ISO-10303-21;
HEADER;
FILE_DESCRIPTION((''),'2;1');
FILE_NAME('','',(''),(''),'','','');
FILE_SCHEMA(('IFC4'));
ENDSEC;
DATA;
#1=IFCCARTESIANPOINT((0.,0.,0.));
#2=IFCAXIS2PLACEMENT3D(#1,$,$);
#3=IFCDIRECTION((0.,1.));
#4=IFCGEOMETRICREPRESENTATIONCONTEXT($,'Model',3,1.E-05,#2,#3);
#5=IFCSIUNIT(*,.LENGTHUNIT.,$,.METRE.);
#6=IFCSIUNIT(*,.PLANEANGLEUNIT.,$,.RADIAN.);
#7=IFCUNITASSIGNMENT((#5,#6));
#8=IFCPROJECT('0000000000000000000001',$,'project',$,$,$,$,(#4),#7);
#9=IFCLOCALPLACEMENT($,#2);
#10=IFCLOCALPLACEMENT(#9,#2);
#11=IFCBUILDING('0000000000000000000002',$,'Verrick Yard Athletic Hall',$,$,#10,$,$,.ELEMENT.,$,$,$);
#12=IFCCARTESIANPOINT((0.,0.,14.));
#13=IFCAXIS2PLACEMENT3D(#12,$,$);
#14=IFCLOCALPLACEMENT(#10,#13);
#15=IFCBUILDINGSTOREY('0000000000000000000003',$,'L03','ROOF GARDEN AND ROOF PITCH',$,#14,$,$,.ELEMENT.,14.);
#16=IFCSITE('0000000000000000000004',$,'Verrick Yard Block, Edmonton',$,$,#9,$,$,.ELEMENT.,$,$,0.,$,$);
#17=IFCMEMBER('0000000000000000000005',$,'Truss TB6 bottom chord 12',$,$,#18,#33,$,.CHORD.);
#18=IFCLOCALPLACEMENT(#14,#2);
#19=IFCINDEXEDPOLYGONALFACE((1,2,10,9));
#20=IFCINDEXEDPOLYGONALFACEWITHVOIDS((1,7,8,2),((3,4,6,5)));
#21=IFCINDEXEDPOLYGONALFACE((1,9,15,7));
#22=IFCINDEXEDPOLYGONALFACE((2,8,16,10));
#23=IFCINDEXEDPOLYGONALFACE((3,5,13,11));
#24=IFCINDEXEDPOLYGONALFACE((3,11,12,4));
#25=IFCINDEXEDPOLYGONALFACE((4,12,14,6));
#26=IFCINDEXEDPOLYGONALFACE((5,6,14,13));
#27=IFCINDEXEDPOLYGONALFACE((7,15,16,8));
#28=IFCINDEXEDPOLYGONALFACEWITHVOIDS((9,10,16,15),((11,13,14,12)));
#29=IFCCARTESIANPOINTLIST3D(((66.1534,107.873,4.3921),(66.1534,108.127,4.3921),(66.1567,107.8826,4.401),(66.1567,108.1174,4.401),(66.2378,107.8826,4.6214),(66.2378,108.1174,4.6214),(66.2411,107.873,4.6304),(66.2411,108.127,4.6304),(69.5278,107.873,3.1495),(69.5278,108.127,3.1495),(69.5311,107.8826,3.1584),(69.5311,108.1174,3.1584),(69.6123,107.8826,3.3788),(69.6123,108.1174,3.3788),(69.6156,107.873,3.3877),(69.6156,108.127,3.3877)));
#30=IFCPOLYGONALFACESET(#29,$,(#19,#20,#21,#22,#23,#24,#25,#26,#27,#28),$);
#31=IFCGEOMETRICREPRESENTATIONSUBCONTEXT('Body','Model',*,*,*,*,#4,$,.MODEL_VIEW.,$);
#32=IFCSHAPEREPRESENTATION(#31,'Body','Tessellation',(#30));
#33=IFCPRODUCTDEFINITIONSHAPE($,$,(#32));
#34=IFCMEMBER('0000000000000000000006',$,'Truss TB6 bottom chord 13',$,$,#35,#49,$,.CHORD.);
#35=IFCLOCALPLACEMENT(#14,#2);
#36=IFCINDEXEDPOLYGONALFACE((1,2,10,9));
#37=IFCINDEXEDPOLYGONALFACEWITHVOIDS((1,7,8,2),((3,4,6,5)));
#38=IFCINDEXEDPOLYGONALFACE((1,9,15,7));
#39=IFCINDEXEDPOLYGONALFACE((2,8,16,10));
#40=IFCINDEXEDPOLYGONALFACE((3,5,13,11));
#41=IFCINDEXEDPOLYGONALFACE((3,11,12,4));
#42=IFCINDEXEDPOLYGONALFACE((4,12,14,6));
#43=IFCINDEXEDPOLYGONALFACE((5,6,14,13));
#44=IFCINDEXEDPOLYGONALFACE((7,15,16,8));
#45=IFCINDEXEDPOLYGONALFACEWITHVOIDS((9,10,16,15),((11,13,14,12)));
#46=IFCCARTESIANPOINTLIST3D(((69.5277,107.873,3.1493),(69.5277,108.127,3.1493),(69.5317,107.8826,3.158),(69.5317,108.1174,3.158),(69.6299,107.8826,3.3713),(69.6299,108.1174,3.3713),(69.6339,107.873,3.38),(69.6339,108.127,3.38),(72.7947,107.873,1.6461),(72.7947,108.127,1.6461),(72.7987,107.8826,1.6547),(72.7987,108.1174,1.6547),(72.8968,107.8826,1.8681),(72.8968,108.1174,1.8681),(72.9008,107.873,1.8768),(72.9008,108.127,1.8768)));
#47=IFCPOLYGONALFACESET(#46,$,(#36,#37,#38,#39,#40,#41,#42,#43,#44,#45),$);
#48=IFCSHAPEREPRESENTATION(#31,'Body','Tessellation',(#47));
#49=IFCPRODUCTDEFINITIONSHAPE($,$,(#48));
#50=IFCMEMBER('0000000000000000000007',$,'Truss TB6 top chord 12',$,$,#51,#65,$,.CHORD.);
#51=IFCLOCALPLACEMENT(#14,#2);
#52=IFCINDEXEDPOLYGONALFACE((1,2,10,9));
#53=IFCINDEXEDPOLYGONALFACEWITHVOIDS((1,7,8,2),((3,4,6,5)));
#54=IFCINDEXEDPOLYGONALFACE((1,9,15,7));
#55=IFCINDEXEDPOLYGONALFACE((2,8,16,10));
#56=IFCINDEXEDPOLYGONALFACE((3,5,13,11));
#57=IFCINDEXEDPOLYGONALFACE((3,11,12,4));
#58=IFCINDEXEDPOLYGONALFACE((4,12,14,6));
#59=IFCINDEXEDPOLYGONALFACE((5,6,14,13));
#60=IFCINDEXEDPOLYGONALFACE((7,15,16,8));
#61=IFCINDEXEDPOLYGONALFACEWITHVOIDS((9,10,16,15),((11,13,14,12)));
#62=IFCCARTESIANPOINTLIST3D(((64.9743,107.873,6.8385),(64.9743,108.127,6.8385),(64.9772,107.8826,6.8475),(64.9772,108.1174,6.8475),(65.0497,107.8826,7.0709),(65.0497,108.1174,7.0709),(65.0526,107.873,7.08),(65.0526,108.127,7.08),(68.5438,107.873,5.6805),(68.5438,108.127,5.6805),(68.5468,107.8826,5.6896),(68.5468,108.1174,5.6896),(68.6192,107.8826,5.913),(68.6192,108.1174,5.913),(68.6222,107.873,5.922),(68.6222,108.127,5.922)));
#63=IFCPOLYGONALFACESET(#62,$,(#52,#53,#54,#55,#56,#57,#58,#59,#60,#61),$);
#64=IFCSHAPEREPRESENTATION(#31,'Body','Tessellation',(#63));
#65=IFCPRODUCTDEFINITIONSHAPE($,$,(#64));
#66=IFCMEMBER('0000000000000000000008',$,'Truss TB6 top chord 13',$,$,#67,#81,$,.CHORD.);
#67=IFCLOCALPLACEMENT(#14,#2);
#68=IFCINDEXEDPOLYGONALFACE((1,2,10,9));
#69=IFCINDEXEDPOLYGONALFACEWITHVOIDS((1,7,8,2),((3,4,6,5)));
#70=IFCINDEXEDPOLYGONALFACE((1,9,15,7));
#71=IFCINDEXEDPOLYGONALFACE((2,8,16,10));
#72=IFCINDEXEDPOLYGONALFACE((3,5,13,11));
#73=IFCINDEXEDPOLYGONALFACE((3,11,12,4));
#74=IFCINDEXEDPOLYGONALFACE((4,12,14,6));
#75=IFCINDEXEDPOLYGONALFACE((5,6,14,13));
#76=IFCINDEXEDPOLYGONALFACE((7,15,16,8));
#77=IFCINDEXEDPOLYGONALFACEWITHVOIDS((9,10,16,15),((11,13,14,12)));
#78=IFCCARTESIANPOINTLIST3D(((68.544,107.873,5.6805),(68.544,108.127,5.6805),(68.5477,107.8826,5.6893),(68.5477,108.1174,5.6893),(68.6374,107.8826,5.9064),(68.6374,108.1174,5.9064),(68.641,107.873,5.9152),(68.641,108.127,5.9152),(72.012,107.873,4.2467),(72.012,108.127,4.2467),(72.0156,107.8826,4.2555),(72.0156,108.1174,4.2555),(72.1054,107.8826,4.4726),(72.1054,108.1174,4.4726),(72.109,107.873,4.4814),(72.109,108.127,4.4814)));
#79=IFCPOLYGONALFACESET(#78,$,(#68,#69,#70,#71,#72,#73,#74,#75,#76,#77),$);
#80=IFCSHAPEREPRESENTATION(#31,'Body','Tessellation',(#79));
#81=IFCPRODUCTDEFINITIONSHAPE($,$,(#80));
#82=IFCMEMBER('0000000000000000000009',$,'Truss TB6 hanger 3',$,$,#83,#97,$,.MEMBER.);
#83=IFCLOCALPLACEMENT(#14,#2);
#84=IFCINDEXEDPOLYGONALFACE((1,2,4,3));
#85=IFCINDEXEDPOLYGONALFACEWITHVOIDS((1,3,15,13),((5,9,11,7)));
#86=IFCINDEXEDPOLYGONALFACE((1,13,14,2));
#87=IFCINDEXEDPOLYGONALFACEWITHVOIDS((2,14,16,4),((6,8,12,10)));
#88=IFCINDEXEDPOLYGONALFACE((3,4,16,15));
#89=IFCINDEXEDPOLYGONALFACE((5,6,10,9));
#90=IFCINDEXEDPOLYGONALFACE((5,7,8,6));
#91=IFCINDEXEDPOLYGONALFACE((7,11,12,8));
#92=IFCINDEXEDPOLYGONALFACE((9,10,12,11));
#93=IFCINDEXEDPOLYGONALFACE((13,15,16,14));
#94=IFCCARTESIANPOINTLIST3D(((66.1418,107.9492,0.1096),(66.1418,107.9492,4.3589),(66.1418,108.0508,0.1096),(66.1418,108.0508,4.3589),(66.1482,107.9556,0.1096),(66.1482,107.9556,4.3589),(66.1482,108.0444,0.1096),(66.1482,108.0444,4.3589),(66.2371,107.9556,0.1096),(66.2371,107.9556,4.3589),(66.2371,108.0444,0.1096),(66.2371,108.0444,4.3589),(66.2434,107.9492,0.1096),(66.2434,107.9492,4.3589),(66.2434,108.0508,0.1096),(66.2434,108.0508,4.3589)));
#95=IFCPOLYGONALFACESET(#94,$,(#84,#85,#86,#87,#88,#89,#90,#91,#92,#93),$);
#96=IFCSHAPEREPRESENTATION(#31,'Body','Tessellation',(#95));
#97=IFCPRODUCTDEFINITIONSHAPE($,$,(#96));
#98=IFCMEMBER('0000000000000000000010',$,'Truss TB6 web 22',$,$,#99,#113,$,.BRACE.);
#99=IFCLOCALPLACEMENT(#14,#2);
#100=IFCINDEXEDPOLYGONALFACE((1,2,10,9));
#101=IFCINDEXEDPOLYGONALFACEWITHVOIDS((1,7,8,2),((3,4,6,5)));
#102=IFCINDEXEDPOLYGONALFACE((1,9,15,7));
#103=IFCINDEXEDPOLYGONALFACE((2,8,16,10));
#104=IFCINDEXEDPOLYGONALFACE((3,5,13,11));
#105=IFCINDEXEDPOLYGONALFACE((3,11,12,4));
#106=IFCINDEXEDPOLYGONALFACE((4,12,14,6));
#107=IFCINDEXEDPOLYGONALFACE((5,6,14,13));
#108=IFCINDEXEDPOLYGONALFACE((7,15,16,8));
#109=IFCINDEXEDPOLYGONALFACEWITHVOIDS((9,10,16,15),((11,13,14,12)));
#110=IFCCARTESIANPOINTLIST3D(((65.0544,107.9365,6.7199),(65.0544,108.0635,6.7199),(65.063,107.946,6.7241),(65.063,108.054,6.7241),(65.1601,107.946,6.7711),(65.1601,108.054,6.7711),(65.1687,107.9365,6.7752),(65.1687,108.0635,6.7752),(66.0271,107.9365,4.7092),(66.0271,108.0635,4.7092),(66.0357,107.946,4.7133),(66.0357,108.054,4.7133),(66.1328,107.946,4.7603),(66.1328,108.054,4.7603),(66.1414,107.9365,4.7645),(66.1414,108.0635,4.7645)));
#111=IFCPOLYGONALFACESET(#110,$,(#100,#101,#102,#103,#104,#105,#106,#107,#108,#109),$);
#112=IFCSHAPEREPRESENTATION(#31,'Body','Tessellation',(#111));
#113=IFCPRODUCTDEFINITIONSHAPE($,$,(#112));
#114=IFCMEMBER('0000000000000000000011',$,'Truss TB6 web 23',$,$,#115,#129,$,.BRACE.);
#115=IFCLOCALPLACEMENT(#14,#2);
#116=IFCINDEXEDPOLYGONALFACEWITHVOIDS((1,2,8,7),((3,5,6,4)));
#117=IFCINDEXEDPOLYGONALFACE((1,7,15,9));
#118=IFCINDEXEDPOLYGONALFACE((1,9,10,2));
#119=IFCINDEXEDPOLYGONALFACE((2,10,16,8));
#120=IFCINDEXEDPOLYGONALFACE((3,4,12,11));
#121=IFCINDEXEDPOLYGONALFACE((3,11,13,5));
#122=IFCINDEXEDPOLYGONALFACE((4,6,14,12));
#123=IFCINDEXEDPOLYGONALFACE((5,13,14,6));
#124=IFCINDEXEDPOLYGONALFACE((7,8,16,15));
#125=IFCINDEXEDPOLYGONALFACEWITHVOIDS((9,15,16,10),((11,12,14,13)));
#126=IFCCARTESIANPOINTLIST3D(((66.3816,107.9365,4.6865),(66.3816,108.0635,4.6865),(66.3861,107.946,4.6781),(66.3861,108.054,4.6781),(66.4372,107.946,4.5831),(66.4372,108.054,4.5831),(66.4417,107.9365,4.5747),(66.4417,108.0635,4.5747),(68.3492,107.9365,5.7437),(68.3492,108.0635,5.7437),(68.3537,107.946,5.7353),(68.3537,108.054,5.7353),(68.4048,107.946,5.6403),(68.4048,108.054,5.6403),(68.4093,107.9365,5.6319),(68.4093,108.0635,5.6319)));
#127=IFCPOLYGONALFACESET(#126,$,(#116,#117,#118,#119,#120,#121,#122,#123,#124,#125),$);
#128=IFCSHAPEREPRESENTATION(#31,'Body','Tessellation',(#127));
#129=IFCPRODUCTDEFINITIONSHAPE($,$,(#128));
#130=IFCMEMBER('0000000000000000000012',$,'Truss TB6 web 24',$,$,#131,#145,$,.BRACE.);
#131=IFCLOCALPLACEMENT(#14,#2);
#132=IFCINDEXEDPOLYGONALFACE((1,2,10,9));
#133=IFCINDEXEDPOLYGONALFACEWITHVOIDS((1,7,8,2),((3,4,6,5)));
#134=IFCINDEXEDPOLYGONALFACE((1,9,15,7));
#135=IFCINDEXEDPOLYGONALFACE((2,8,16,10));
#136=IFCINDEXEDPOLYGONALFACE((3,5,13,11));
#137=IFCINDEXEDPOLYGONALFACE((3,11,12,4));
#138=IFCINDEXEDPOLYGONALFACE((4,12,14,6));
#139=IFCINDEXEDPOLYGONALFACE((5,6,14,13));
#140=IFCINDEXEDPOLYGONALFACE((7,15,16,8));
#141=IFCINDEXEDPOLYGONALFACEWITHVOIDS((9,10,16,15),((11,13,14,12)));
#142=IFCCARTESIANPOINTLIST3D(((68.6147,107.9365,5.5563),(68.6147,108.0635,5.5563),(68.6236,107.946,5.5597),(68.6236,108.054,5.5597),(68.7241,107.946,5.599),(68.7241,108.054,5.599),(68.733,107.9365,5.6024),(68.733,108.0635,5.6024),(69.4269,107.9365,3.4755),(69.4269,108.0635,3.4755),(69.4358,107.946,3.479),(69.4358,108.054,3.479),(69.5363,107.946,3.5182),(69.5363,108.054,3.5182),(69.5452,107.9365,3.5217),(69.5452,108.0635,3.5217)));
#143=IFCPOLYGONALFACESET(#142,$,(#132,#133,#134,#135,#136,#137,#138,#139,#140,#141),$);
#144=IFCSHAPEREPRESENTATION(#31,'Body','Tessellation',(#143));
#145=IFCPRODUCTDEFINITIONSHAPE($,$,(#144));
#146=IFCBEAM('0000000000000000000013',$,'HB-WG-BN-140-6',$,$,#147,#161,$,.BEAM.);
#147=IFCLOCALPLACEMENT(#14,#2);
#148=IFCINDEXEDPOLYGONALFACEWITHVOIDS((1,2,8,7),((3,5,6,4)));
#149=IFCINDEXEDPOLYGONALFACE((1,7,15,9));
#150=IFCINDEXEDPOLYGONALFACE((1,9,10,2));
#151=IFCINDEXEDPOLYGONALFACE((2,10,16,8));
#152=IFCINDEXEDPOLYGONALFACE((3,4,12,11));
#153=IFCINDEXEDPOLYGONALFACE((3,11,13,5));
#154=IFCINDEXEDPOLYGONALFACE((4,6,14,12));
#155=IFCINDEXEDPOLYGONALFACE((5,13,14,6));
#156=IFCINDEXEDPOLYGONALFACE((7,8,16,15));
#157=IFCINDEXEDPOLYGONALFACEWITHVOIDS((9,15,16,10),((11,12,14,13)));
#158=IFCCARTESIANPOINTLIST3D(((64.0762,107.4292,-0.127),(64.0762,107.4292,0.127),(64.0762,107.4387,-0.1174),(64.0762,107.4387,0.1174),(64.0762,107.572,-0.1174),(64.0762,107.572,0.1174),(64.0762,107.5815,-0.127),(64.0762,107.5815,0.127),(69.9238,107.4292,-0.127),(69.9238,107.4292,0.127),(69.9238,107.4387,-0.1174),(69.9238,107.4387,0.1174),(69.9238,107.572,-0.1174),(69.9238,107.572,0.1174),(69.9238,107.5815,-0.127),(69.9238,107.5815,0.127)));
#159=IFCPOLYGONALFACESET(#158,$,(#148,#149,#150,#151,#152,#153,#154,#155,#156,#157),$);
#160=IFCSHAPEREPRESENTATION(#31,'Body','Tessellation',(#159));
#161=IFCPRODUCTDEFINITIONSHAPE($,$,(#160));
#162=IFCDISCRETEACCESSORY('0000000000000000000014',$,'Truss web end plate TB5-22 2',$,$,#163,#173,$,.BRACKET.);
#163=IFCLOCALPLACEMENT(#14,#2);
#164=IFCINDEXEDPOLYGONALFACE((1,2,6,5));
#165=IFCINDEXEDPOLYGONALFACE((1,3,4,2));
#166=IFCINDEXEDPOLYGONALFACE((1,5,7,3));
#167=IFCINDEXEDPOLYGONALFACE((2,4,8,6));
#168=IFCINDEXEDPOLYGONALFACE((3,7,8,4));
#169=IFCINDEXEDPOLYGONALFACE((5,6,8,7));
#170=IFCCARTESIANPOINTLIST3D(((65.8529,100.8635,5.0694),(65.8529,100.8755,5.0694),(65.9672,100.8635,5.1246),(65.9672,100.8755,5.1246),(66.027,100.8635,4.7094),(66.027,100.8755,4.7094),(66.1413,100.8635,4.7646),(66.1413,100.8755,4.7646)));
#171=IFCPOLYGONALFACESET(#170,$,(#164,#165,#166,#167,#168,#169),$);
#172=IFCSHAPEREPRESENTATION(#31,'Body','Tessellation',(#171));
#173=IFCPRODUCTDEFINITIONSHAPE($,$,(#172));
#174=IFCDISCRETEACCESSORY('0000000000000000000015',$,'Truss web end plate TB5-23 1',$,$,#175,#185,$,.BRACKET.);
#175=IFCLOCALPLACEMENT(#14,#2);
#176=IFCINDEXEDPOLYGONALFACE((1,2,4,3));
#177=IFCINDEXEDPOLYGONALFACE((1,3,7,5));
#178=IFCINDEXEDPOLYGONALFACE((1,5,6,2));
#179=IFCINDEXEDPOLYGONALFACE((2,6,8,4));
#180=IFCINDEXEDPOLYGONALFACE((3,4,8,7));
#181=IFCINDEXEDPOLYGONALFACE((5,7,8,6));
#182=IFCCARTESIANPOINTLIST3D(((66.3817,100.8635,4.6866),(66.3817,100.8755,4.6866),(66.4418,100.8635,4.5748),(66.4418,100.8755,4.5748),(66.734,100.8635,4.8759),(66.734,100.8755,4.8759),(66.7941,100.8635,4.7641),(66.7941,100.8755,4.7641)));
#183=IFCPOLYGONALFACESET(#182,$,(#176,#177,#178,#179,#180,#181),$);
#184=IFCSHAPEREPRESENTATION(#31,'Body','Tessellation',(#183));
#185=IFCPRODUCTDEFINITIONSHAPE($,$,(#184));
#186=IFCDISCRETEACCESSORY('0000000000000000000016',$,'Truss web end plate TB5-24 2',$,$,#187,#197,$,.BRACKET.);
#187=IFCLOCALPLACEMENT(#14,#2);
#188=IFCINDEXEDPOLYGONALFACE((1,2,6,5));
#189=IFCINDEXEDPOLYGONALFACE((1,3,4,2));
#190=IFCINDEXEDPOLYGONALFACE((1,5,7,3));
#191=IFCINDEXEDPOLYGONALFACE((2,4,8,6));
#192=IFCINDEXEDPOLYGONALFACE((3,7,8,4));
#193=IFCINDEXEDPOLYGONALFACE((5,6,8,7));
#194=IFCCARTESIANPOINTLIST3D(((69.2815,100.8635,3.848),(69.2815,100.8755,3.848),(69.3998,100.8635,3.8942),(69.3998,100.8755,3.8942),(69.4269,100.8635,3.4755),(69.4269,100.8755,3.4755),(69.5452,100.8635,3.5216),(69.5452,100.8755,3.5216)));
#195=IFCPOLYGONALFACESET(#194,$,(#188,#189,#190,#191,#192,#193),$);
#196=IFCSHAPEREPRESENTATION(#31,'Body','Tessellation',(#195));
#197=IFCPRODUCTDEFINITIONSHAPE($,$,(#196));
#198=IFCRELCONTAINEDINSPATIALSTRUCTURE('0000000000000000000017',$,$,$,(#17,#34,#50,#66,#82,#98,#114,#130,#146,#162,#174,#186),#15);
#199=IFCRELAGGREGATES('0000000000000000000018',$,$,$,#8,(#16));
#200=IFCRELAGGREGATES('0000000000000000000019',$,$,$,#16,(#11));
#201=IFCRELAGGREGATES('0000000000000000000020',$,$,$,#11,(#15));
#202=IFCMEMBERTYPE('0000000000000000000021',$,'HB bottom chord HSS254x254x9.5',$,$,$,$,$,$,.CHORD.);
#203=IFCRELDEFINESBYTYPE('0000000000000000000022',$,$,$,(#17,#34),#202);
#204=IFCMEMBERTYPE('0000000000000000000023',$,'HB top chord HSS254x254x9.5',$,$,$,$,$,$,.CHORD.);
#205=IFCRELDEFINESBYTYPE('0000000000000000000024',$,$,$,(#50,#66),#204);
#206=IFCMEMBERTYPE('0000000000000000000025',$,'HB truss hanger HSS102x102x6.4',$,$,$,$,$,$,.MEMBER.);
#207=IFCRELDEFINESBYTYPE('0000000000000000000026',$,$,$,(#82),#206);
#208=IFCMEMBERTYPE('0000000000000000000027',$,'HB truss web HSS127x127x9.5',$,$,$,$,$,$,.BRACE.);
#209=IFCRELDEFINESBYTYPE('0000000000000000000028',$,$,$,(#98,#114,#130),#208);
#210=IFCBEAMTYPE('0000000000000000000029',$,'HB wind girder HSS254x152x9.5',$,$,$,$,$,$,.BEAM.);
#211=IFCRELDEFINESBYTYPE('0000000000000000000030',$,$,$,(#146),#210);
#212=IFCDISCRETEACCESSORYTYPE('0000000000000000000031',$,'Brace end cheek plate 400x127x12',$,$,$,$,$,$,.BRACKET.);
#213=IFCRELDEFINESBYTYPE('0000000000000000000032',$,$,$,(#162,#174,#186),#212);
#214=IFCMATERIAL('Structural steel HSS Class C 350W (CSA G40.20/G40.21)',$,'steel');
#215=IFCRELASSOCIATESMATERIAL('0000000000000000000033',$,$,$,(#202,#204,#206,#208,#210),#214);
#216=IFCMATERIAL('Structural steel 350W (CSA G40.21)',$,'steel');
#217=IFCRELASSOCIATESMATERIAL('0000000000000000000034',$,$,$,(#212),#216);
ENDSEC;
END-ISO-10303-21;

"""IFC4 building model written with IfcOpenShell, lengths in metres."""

from ifc_helpers import new_model, si_unit, direction, frame, origin, origin_2d, place, context, subcontext, project, spatial, rectangle, hollow_rectangle, extrude, material, material_profile, profile_set, type_object, element, save


model = new_model("IFC4")

# Units and contexts
model_context = context("Model", 3, precision=1e-05, world=origin(), true_north=direction((0.0, 1.0)))
body_context = subcontext(model_context, "Body", "Model", "MODEL_VIEW")
ifc_project = project(units=[si_unit("LENGTHUNIT", "METRE"), si_unit("PLANEANGLEUNIT", "RADIAN")], contexts=[model_context])

# Site, building, storey
site_placement = place(None, origin())
site = spatial("IfcSite", under=ifc_project, at=site_placement, Name="Verrick Yard Block, Edmonton", CompositionType="ELEMENT", RefElevation=0.0)
building_placement = place(site_placement, origin())
building = spatial("IfcBuilding", under=site, at=building_placement, Name="Verrick Yard Athletic Hall", CompositionType="ELEMENT")
storey_placement = place(building_placement, frame((0.0, 0.0, 14.0)))
storey = spatial("IfcBuildingStorey", under=building, at=storey_placement, Name="L03", Description="ROOF GARDEN AND ROOF PITCH", CompositionType="ELEMENT", Elevation=14.0)

# Members
ifc_material_1 = material(Name="Structural steel HSS Class C 350W (CSA G40.20/G40.21)", Category="steel")
ifc_material_profile_1 = material_profile(ifc_material_1, hollow_rectangle(XDim=0.2539, YDim=0.2539, WallThickness=0.0095, at=origin_2d()), Name="HSS254x254x9.5")
ifc_profile_set_1 = profile_set([ifc_material_profile_1], Name="Structural steel HSS Class C 350W (CSA G40.20/G40.21)")
member_type_1 = type_object("IfcMemberType", Name="HB bottom chord HSS254x254x9.5", PredefinedType="CHORD", material=ifc_profile_set_1)
member_1_placement = place(storey_placement, frame((66.1973, 108.0, 4.5112), z_axis=(0.938394, 0.0, -0.345567), x_axis=(0.0, 1.0, 0.0)))
element("IfcMember", 1, at=member_1_placement, inside=storey, type_object=member_type_1, Name="Truss TB6 bottom chord 12", PredefinedType="CHORD", context=body_context, shape_type="SweptSolid", body=[
    extrude(hollow_rectangle(XDim=0.2539, YDim=0.2539, WallThickness=0.0095, at=origin_2d()), origin(), (0.0, 0.0, 1.0), 3.5959),
])
member_2_placement = place(storey_placement, frame((69.5808, 108.0, 3.2646), z_axis=(0.908446, 0.0, -0.418003), x_axis=(0.0, 1.0, 0.0)))
element("IfcMember", 2, at=member_2_placement, inside=storey, type_object=member_type_1, Name="Truss TB6 bottom chord 13", PredefinedType="CHORD", context=body_context, shape_type="SweptSolid", body=[
    extrude(hollow_rectangle(XDim=0.2539, YDim=0.2539, WallThickness=0.0095, at=origin_2d()), origin(), (0.0, 0.0, 1.0), 3.5962),
])
ifc_material_profile_2 = material_profile(ifc_material_1, hollow_rectangle(XDim=0.2539, YDim=0.2539, WallThickness=0.0095, at=origin_2d()), Name="HSS254x254x9.5")
ifc_profile_set_2 = profile_set([ifc_material_profile_2], Name="Structural steel HSS Class C 350W (CSA G40.20/G40.21)")
member_type_2 = type_object("IfcMemberType", Name="HB top chord HSS254x254x9.5", PredefinedType="CHORD", material=ifc_profile_set_2)
for number, where, z_axis, x_axis, name in (
    (3, (65.0134, 108.0, 6.9592), (0.951203, 0.0, -0.308567), (0.0, 1.0, 0.0), "Truss TB6 top chord 12"),
    (4, (68.5925, 108.0, 5.7979), (0.92413, 0.0, -0.382078), (0.0, 1.0, 0.0), "Truss TB6 top chord 13"),
):
    element("IfcMember", number, at=place(storey_placement, frame(where, z_axis=z_axis, x_axis=x_axis)), inside=storey, type_object=member_type_2, Name=name, PredefinedType="CHORD", context=body_context, shape_type="SweptSolid", body=[
        extrude(hollow_rectangle(XDim=0.2539, YDim=0.2539, WallThickness=0.0095, at=origin_2d()), origin(), (0.0, 0.0, 1.0), 3.7527),
    ])
ifc_material_profile_3 = material_profile(ifc_material_1, hollow_rectangle(XDim=0.1016, YDim=0.1016, WallThickness=0.0063, at=origin_2d()), Name="HSS102x102x6.4")
ifc_profile_set_3 = profile_set([ifc_material_profile_3], Name="Structural steel HSS Class C 350W (CSA G40.20/G40.21)")
member_type_3 = type_object("IfcMemberType", Name="HB truss hanger HSS102x102x6.4", PredefinedType="MEMBER", material=ifc_profile_set_3)
member_3_placement = place(storey_placement, frame((66.1926, 108.0, 4.3589), z_axis=(0.0, 0.0, -1.0), x_axis=(0.0, -1.0, 0.0)))
element("IfcMember", 5, at=member_3_placement, inside=storey, type_object=member_type_3, Name="Truss TB6 hanger 3", PredefinedType="MEMBER", context=body_context, shape_type="SweptSolid", body=[
    extrude(hollow_rectangle(XDim=0.1016, YDim=0.1016, WallThickness=0.0063, at=origin_2d()), origin(), (0.0, 0.0, 1.0), 4.2493),
])
ifc_material_profile_4 = material_profile(ifc_material_1, hollow_rectangle(XDim=0.127, YDim=0.127, WallThickness=0.0095, at=origin_2d()), Name="HSS127x127x9.5")
ifc_profile_set_4 = profile_set([ifc_material_profile_4], Name="Structural steel HSS Class C 350W (CSA G40.20/G40.21)")
member_type_4 = type_object("IfcMemberType", Name="HB truss web HSS127x127x9.5", PredefinedType="BRACE", material=ifc_profile_set_4)
for number, where, z_axis, x_axis, name in (
    (6, (65.1116, 108.0, 6.7476), (0.435458, 0.0, -0.900209), (0.0, 1.0, 0.0), "Truss TB6 web 22"),
    (7, (66.4116, 108.0, 4.6306), (0.880902, 0.0, 0.473298), (0.0, 1.0, 0.0), "Truss TB6 web 23"),
    (8, (68.6738, 108.0, 5.5793), (0.363633, 0.0, -0.931542), (0.0, 1.0, 0.0), "Truss TB6 web 24"),
):
    element("IfcMember", number, at=place(storey_placement, frame(where, z_axis=z_axis, x_axis=x_axis)), inside=storey, type_object=member_type_4, Name=name, PredefinedType="BRACE", context=body_context, shape_type="SweptSolid", body=[
        extrude(hollow_rectangle(XDim=0.127, YDim=0.127, WallThickness=0.0095, at=origin_2d()), origin(), (0.0, 0.0, 1.0), 2.2336),
    ])

# Beam
ifc_material_profile_5 = material_profile(ifc_material_1, hollow_rectangle(XDim=0.1523, YDim=0.2539, WallThickness=0.0095, at=origin_2d()), Name="HSS254x152x9.5")
ifc_profile_set_5 = profile_set([ifc_material_profile_5], Name="Structural steel HSS Class C 350W (CSA G40.20/G40.21)")
beam_type = type_object("IfcBeamType", Name="HB wind girder HSS254x152x9.5", PredefinedType="BEAM", material=ifc_profile_set_5)
beam_placement = place(storey_placement, frame((64.0762, 107.5054, 0.0), z_axis=(1.0, 0.0, 0.0), x_axis=(0.0, 1.0, 0.0)))
element("IfcBeam", 9, at=beam_placement, inside=storey, type_object=beam_type, Name="HB-WG-BN-140-6", PredefinedType="BEAM", context=body_context, shape_type="SweptSolid", body=[
    extrude(hollow_rectangle(XDim=0.1523, YDim=0.2539, WallThickness=0.0095, at=origin_2d()), origin(), (0.0, 0.0, 1.0), 5.8477),
])

# Discrete accessories
ifc_material_2 = material(Name="Structural steel 350W (CSA G40.21)", Category="steel")
ifc_material_profile_6 = material_profile(ifc_material_2, rectangle(XDim=0.3999, YDim=0.127, at=origin_2d()), Name="Brace end cheek plate")
ifc_profile_set_6 = profile_set([ifc_material_profile_6], Name="Structural steel 350W (CSA G40.21)")
discrete_accessory_type = type_object("IfcDiscreteAccessoryType", Name="Brace end cheek plate 400x127x12", PredefinedType="BRACKET", material=ifc_profile_set_6)
for number, where, z_axis, x_axis, name in (
    (10, (65.9971, 100.8635, 4.917), (0.0, 1.0, 0.0), (-0.435417, 0.0, 0.900229), "Truss web end plate TB5-22 2"),
    (11, (66.5879, 100.8635, 4.7253), (0.0, 1.0, 0.0), (0.88092, 0.0, 0.473265), "Truss web end plate TB5-23 1"),
    (12, (69.4133, 100.8635, 3.6848), (0.0, 1.0, 0.0), (-0.363563, 0.0, 0.93157), "Truss web end plate TB5-24 2"),
):
    element("IfcDiscreteAccessory", number, at=place(storey_placement, frame(where, z_axis=z_axis, x_axis=x_axis)), inside=storey, type_object=discrete_accessory_type, Name=name, PredefinedType="BRACKET", context=body_context, shape_type="SweptSolid", body=[
        extrude(rectangle(XDim=0.3999, YDim=0.127, at=origin_2d()), origin(), (0.0, 0.0, 1.0), 0.012),
    ])

save(model, "model.ifc")
